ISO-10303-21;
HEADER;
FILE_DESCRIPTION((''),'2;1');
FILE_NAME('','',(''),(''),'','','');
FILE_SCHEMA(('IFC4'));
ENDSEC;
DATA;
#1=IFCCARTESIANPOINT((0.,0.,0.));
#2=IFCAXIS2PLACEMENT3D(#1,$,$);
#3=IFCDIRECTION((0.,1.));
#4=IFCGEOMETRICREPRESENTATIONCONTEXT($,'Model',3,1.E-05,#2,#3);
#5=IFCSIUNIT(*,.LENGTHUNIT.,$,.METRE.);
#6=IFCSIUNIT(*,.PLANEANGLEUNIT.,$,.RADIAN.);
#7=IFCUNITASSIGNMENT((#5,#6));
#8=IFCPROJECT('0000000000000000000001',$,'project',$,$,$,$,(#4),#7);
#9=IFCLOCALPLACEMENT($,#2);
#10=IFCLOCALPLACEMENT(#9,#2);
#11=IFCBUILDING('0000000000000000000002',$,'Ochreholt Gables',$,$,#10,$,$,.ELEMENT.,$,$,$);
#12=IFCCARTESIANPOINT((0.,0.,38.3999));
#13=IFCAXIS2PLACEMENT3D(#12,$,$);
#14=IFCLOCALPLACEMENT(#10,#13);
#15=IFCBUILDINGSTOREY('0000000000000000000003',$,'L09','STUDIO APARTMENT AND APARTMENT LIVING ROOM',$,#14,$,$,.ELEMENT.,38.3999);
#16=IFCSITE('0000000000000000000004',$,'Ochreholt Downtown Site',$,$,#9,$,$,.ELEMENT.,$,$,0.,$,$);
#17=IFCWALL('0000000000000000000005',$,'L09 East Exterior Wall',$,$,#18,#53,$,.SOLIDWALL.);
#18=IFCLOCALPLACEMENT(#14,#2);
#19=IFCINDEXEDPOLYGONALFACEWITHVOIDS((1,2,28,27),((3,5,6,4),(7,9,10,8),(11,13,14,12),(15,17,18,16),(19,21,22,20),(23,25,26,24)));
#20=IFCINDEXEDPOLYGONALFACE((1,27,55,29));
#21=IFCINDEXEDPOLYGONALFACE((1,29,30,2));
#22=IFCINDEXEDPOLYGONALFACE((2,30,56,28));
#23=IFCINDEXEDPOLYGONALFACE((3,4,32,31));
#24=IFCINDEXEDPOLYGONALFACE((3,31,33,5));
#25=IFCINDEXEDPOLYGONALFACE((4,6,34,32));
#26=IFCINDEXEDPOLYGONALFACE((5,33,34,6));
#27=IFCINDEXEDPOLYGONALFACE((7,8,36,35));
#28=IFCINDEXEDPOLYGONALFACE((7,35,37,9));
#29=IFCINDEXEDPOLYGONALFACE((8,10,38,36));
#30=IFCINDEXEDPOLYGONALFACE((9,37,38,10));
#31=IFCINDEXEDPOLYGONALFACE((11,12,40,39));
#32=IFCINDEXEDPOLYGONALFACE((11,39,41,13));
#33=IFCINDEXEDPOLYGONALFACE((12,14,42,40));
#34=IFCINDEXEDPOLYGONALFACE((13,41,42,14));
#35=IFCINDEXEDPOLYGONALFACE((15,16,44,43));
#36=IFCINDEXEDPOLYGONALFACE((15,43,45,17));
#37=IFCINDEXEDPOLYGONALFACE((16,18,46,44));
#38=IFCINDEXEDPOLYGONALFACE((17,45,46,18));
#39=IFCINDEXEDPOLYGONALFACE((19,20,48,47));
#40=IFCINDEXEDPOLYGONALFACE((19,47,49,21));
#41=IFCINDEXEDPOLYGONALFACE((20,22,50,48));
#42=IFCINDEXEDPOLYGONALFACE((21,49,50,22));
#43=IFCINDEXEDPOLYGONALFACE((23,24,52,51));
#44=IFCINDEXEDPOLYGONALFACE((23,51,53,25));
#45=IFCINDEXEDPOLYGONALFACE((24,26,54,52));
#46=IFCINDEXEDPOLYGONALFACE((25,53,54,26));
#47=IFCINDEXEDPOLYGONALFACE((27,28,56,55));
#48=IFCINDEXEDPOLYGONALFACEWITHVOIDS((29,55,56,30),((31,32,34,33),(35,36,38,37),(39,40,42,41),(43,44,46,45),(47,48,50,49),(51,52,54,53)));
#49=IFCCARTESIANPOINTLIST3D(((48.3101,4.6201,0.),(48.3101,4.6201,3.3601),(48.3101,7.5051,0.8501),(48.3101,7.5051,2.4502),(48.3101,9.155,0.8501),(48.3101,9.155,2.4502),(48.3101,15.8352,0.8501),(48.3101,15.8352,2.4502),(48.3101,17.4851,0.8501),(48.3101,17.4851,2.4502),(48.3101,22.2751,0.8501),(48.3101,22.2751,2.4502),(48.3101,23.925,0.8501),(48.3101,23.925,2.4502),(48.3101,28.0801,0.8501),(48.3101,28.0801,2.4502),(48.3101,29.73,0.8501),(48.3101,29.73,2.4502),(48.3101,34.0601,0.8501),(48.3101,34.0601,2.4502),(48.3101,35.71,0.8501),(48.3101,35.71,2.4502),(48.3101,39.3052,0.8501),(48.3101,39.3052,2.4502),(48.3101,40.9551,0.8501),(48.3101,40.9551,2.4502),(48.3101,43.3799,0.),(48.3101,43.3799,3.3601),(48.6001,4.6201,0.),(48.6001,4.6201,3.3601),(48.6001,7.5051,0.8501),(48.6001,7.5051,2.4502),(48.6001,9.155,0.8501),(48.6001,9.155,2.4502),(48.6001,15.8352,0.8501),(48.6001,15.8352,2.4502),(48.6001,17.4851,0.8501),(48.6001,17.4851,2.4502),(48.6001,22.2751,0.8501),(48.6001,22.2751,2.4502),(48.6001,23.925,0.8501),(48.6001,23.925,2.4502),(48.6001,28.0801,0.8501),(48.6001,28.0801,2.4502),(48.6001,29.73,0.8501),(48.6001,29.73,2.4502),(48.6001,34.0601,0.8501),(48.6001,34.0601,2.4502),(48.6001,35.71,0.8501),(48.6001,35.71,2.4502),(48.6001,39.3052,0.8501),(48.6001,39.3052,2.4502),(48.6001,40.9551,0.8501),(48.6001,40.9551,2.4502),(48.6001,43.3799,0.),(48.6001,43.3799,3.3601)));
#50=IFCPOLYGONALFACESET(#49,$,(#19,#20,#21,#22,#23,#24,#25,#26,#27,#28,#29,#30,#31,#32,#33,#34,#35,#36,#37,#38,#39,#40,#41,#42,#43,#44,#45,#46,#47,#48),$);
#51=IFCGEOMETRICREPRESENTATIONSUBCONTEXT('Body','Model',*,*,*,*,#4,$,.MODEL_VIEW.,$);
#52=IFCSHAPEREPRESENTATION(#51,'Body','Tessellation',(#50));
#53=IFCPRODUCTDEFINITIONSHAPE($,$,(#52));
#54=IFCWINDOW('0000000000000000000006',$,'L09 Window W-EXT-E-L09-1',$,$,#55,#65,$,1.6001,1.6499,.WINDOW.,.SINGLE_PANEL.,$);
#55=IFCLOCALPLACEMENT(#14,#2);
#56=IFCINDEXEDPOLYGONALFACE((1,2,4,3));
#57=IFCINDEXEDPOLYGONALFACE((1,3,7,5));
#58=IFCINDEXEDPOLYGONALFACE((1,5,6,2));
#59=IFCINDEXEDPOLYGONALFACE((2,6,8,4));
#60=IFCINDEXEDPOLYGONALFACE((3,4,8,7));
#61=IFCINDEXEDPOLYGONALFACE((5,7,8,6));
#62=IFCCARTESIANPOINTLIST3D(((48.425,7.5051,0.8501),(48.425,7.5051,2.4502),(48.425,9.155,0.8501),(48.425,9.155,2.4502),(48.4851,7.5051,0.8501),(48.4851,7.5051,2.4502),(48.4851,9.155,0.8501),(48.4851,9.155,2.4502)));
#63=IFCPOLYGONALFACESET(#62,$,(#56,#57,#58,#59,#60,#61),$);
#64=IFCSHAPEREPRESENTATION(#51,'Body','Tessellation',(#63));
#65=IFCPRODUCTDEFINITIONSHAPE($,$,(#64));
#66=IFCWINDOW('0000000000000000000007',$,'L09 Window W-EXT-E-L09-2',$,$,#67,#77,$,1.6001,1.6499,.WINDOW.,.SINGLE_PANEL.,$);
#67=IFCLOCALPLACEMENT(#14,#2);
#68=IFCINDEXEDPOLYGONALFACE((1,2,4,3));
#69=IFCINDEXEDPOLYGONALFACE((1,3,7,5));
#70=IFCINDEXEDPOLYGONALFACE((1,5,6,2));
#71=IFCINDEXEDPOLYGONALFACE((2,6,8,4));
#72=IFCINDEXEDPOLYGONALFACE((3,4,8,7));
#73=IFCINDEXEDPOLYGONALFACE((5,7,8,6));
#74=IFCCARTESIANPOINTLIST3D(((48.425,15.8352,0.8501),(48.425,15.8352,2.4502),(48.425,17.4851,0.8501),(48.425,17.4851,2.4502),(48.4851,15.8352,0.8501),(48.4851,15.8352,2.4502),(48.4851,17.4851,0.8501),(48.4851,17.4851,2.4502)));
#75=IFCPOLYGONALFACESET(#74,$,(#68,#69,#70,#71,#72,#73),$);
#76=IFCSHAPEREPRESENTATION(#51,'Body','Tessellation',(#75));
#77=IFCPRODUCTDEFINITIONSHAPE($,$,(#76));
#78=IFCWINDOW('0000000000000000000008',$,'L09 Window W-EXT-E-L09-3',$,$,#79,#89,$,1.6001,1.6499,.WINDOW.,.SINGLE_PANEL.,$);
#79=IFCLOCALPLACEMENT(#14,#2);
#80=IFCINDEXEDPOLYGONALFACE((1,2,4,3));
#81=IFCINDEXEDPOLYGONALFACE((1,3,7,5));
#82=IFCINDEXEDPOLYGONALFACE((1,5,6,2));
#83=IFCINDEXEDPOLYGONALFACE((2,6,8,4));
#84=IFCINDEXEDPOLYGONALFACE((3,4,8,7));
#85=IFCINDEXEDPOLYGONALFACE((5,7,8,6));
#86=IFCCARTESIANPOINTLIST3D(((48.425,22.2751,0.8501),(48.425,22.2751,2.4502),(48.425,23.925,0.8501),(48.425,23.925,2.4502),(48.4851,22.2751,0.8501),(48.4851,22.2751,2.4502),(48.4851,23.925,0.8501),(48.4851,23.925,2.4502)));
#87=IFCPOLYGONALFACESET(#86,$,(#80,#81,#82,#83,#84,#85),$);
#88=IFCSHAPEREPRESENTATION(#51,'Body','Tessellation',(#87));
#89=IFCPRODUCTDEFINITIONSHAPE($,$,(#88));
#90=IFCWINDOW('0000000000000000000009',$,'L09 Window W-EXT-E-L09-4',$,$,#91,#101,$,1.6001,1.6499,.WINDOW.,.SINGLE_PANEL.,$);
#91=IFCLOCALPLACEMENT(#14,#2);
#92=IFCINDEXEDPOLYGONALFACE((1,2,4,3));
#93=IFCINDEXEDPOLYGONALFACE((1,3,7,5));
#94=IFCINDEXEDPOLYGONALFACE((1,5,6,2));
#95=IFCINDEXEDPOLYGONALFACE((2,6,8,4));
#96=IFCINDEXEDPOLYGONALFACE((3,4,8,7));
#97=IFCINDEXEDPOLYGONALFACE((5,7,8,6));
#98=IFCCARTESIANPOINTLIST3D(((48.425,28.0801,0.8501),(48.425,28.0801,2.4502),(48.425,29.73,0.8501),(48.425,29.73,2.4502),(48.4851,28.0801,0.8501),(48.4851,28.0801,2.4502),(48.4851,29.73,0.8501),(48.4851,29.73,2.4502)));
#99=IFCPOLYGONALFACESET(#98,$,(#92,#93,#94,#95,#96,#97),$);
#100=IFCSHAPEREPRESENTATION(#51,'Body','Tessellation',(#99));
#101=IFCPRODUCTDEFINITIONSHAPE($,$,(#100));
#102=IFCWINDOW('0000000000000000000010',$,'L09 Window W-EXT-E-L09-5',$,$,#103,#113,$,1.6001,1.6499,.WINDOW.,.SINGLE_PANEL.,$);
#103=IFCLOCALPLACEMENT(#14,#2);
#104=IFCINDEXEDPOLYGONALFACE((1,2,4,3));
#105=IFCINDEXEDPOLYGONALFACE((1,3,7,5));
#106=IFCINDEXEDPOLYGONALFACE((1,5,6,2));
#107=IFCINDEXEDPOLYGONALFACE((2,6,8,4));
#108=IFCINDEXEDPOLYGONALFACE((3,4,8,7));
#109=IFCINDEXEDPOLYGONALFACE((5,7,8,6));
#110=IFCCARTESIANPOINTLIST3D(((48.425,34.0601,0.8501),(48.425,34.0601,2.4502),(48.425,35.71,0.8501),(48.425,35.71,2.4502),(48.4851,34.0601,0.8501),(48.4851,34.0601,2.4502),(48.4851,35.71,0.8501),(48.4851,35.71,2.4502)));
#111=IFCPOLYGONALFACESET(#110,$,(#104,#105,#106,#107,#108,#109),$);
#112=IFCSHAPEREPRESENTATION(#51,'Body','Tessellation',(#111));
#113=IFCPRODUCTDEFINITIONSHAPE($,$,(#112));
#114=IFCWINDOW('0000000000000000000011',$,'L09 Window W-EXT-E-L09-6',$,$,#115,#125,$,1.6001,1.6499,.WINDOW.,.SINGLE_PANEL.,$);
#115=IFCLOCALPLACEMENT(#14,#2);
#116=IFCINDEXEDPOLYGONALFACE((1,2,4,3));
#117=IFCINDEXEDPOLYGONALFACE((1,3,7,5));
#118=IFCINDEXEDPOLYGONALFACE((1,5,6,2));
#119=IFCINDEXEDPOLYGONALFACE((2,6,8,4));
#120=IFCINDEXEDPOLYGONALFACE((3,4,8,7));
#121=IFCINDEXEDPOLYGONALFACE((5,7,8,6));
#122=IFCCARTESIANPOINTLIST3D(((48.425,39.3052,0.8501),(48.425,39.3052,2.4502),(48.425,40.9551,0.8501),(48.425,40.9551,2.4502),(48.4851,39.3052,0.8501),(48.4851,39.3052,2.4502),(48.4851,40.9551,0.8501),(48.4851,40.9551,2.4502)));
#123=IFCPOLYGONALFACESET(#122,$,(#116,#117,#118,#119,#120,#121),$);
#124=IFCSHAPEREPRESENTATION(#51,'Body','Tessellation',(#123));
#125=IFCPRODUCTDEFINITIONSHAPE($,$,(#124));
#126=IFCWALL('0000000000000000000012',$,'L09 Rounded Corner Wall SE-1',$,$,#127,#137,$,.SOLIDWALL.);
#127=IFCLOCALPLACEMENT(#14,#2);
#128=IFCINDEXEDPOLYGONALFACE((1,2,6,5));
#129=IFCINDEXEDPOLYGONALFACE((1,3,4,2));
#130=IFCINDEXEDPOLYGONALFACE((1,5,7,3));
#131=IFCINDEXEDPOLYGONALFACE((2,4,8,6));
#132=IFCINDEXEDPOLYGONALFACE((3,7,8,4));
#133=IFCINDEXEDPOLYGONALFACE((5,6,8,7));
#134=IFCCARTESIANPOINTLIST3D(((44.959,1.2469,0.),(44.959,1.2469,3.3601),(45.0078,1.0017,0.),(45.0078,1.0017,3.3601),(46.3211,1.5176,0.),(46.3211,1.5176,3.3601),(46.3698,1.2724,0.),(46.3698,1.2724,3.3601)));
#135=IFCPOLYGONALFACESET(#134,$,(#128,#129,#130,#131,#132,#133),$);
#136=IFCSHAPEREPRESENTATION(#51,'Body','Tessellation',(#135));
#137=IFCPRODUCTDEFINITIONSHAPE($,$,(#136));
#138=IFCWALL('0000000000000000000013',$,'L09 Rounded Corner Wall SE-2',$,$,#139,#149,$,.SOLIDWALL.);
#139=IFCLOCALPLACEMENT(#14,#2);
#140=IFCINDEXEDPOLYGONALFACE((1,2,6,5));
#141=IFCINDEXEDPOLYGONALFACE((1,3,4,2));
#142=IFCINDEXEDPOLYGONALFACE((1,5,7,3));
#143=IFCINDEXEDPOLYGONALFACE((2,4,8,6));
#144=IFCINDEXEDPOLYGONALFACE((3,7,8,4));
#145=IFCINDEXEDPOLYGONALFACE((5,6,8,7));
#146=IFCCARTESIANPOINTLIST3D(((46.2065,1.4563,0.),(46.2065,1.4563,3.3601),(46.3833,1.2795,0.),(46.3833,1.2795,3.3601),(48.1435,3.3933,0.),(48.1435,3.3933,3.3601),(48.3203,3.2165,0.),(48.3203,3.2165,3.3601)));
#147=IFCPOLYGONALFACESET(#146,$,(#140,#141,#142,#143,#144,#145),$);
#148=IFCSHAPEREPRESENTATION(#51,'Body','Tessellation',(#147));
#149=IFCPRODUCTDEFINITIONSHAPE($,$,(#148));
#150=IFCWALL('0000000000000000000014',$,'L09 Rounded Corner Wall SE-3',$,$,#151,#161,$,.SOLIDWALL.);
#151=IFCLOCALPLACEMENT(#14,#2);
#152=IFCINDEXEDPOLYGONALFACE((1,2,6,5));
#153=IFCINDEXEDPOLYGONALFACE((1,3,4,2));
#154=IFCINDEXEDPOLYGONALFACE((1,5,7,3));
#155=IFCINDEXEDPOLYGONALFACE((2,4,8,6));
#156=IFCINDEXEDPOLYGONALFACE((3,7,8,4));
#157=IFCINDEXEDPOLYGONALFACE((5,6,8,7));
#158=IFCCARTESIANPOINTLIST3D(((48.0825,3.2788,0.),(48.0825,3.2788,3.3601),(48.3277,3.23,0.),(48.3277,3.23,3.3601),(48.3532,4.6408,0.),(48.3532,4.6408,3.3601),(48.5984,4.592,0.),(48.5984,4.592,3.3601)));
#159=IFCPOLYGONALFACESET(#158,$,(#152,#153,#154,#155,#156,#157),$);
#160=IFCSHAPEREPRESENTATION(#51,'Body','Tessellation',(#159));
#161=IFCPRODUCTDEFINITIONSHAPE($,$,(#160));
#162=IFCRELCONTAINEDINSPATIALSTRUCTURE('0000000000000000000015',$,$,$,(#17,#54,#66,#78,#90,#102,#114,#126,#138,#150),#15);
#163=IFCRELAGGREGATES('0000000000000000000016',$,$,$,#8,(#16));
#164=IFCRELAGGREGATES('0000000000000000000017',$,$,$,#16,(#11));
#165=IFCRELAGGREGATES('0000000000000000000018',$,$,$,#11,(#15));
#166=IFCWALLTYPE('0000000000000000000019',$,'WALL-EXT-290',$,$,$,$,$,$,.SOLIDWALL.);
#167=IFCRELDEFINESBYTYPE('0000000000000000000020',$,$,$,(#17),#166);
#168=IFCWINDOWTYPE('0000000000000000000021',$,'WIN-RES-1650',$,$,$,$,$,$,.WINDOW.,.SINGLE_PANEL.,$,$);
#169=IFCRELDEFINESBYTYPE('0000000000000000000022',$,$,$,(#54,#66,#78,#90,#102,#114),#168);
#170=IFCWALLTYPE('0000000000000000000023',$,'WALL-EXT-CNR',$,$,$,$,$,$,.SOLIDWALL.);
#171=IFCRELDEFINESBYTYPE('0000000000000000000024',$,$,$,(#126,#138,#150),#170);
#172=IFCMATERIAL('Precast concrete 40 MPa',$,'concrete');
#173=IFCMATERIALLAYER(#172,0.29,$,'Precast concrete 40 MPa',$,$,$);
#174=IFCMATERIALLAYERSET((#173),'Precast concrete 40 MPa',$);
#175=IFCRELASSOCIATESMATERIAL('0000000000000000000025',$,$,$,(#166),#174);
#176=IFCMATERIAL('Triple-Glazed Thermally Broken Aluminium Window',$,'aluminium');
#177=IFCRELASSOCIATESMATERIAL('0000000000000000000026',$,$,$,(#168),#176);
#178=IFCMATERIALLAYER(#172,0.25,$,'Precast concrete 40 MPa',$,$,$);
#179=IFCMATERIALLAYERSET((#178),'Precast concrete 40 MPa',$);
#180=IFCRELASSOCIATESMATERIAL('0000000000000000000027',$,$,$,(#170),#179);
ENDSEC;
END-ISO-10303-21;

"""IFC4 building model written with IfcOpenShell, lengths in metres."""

from ifc_helpers import new_model, si_unit, direction, frame, frame_2d, origin, place, context, subcontext, project, spatial, rectangle, extrude, material, layer, layer_set, type_object, element, fill, save


model = new_model("IFC4")

# Units and contexts
model_context = context("Model", 3, precision=1e-05, world=origin(), true_north=direction((0.0, 1.0)))
body_context = subcontext(model_context, "Body", "Model", "MODEL_VIEW")
ifc_project = project(units=[si_unit("LENGTHUNIT", "METRE"), si_unit("PLANEANGLEUNIT", "RADIAN")], contexts=[model_context])

# Site, building, storey
site_placement = place(None, origin())
site = spatial("IfcSite", under=ifc_project, at=site_placement, Name="Ochreholt Downtown Site", CompositionType="ELEMENT", RefElevation=0.0)
building_placement = place(site_placement, origin())
building = spatial("IfcBuilding", under=site, at=building_placement, Name="Ochreholt Gables", CompositionType="ELEMENT")
storey_placement = place(building_placement, frame((0.0, 0.0, 38.3999)))
storey = spatial("IfcBuildingStorey", under=building, at=storey_placement, Name="L09", Description="STUDIO APARTMENT AND APARTMENT LIVING ROOM", CompositionType="ELEMENT", Elevation=38.3999)

# Wall, openings, windows
ifc_material_1 = material(Name="Precast concrete 40 MPa", Category="concrete")
ifc_layer_1 = layer(ifc_material_1, 0.29, Name="Precast concrete 40 MPa")
ifc_layer_set_1 = layer_set([ifc_layer_1], Name="Precast concrete 40 MPa")
wall_type_1 = type_object("IfcWallType", Name="WALL-EXT-290", PredefinedType="SOLIDWALL", material=ifc_layer_set_1)
wall_1_placement = place(storey_placement, frame((48.4551, 4.6201, 0.0), z_axis=(0.0, 0.0, 1.0), x_axis=(0.0, 1.0, 0.0)))
wall_1 = element("IfcWall", 1, at=wall_1_placement, inside=storey, type_object=wall_type_1, Name="L09 East Exterior Wall", PredefinedType="SOLIDWALL", context=body_context, shape_type="SweptSolid", body=[
    extrude(rectangle(XDim=38.7598, YDim=0.29, at=frame_2d((19.3799, 0.0))), origin(), (0.0, 0.0, 1.0), 3.3601),
])
opening_1_placement = place(wall_1_placement, frame((2.885, 0.0, 0.8501)))
opening_1 = element("IfcOpeningElement", 2, at=opening_1_placement, cuts=wall_1, PredefinedType="OPENING", context=body_context, shape_type="SweptSolid", body=[
    extrude(rectangle(XDim=1.6499, YDim=1.6001, at=frame_2d((0.825, 0.8))), frame((0.0, 0.155, 0.0), z_axis=(0.0, -1.0, 0.0), x_axis=(1.0, 0.0, 0.0)), (0.0, 0.0, 1.0), 0.3101),
])
opening_2_placement = place(wall_1_placement, frame((11.2151, 0.0, 0.8501)))
opening_2 = element("IfcOpeningElement", 3, at=opening_2_placement, cuts=wall_1, PredefinedType="OPENING", context=body_context, shape_type="SweptSolid", body=[
    extrude(rectangle(XDim=1.6499, YDim=1.6001, at=frame_2d((0.825, 0.8))), frame((0.0, 0.155, 0.0), z_axis=(0.0, -1.0, 0.0), x_axis=(1.0, 0.0, 0.0)), (0.0, 0.0, 1.0), 0.3101),
])
opening_3_placement = place(wall_1_placement, frame((17.655, 0.0, 0.8501)))
opening_3 = element("IfcOpeningElement", 4, at=opening_3_placement, cuts=wall_1, PredefinedType="OPENING", context=body_context, shape_type="SweptSolid", body=[
    extrude(rectangle(XDim=1.6499, YDim=1.6001, at=frame_2d((0.825, 0.8))), frame((0.0, 0.155, 0.0), z_axis=(0.0, -1.0, 0.0), x_axis=(1.0, 0.0, 0.0)), (0.0, 0.0, 1.0), 0.3101),
])
opening_4_placement = place(wall_1_placement, frame((23.46, 0.0, 0.8501)))
opening_4 = element("IfcOpeningElement", 5, at=opening_4_placement, cuts=wall_1, PredefinedType="OPENING", context=body_context, shape_type="SweptSolid", body=[
    extrude(rectangle(XDim=1.6499, YDim=1.6001, at=frame_2d((0.825, 0.8))), frame((0.0, 0.155, 0.0), z_axis=(0.0, -1.0, 0.0), x_axis=(1.0, 0.0, 0.0)), (0.0, 0.0, 1.0), 0.3101),
])
opening_5_placement = place(wall_1_placement, frame((29.4399, 0.0, 0.8501)))
opening_5 = element("IfcOpeningElement", 6, at=opening_5_placement, cuts=wall_1, PredefinedType="OPENING", context=body_context, shape_type="SweptSolid", body=[
    extrude(rectangle(XDim=1.6499, YDim=1.6001, at=frame_2d((0.825, 0.8))), frame((0.0, 0.155, 0.0), z_axis=(0.0, -1.0, 0.0), x_axis=(1.0, 0.0, 0.0)), (0.0, 0.0, 1.0), 0.3101),
])
opening_6_placement = place(wall_1_placement, frame((34.6851, 0.0, 0.8501)))
opening_6 = element("IfcOpeningElement", 7, at=opening_6_placement, cuts=wall_1, PredefinedType="OPENING", context=body_context, shape_type="SweptSolid", body=[
    extrude(rectangle(XDim=1.6499, YDim=1.6001, at=frame_2d((0.825, 0.8))), frame((0.0, 0.155, 0.0), z_axis=(0.0, -1.0, 0.0), x_axis=(1.0, 0.0, 0.0)), (0.0, 0.0, 1.0), 0.3101),
])
ifc_material_2 = material(Name="Triple-Glazed Thermally Broken Aluminium Window", Category="aluminium")
window_type = type_object("IfcWindowType", Name="WIN-RES-1650", PartitioningType="SINGLE_PANEL", PredefinedType="WINDOW", material=ifc_material_2)
window_1_placement = place(opening_1_placement, origin())
window_1 = element("IfcWindow", 8, at=window_1_placement, inside=storey, type_object=window_type, Name="L09 Window W-EXT-E-L09-1", OverallHeight=1.6001, OverallWidth=1.6499, PartitioningType="SINGLE_PANEL", PredefinedType="WINDOW", context=body_context, shape_type="SweptSolid", body=[
    extrude(rectangle(XDim=1.6499, YDim=1.6001, at=frame_2d((0.825, 0.8))), frame((0.0, 0.03, 0.0), z_axis=(0.0, -1.0, 0.0), x_axis=(1.0, 0.0, 0.0)), (0.0, 0.0, 1.0), 0.0601),
])
fill(opening_1, window_1)
window_2_placement = place(opening_2_placement, origin())
window_2 = element("IfcWindow", 9, at=window_2_placement, inside=storey, type_object=window_type, Name="L09 Window W-EXT-E-L09-2", OverallHeight=1.6001, OverallWidth=1.6499, PartitioningType="SINGLE_PANEL", PredefinedType="WINDOW", context=body_context, shape_type="SweptSolid", body=[
    extrude(rectangle(XDim=1.6499, YDim=1.6001, at=frame_2d((0.825, 0.8))), frame((0.0, 0.03, 0.0), z_axis=(0.0, -1.0, 0.0), x_axis=(1.0, 0.0, 0.0)), (0.0, 0.0, 1.0), 0.0601),
])
fill(opening_2, window_2)
window_3_placement = place(opening_3_placement, origin())
window_3 = element("IfcWindow", 10, at=window_3_placement, inside=storey, type_object=window_type, Name="L09 Window W-EXT-E-L09-3", OverallHeight=1.6001, OverallWidth=1.6499, PartitioningType="SINGLE_PANEL", PredefinedType="WINDOW", context=body_context, shape_type="SweptSolid", body=[
    extrude(rectangle(XDim=1.6499, YDim=1.6001, at=frame_2d((0.825, 0.8))), frame((0.0, 0.03, 0.0), z_axis=(0.0, -1.0, 0.0), x_axis=(1.0, 0.0, 0.0)), (0.0, 0.0, 1.0), 0.0601),
])
fill(opening_3, window_3)
window_4_placement = place(opening_4_placement, origin())
window_4 = element("IfcWindow", 11, at=window_4_placement, inside=storey, type_object=window_type, Name="L09 Window W-EXT-E-L09-4", OverallHeight=1.6001, OverallWidth=1.6499, PartitioningType="SINGLE_PANEL", PredefinedType="WINDOW", context=body_context, shape_type="SweptSolid", body=[
    extrude(rectangle(XDim=1.6499, YDim=1.6001, at=frame_2d((0.825, 0.8))), frame((0.0, 0.03, 0.0), z_axis=(0.0, -1.0, 0.0), x_axis=(1.0, 0.0, 0.0)), (0.0, 0.0, 1.0), 0.0601),
])
fill(opening_4, window_4)
window_5_placement = place(opening_5_placement, origin())
window_5 = element("IfcWindow", 12, at=window_5_placement, inside=storey, type_object=window_type, Name="L09 Window W-EXT-E-L09-5", OverallHeight=1.6001, OverallWidth=1.6499, PartitioningType="SINGLE_PANEL", PredefinedType="WINDOW", context=body_context, shape_type="SweptSolid", body=[
    extrude(rectangle(XDim=1.6499, YDim=1.6001, at=frame_2d((0.825, 0.8))), frame((0.0, 0.03, 0.0), z_axis=(0.0, -1.0, 0.0), x_axis=(1.0, 0.0, 0.0)), (0.0, 0.0, 1.0), 0.0601),
])
fill(opening_5, window_5)
window_6_placement = place(opening_6_placement, origin())
window_6 = element("IfcWindow", 13, at=window_6_placement, inside=storey, type_object=window_type, Name="L09 Window W-EXT-E-L09-6", OverallHeight=1.6001, OverallWidth=1.6499, PartitioningType="SINGLE_PANEL", PredefinedType="WINDOW", context=body_context, shape_type="SweptSolid", body=[
    extrude(rectangle(XDim=1.6499, YDim=1.6001, at=frame_2d((0.825, 0.8))), frame((0.0, 0.03, 0.0), z_axis=(0.0, -1.0, 0.0), x_axis=(1.0, 0.0, 0.0)), (0.0, 0.0, 1.0), 0.0601),
])
fill(opening_6, window_6)

# Walls
ifc_layer_2 = layer(ifc_material_1, 0.25, Name="Precast concrete 40 MPa")
ifc_layer_set_2 = layer_set([ifc_layer_2], Name="Precast concrete 40 MPa")
wall_type_2 = type_object("IfcWallType", Name="WALL-EXT-CNR", PredefinedType="SOLIDWALL", material=ifc_layer_set_2)
wall_2_placement = place(storey_placement, frame((44.9834, 1.1243, 0.0), z_axis=(0.0, 0.0, 1.0), x_axis=(0.98081, 0.194967, 0.0)))
element("IfcWall", 14, at=wall_2_placement, inside=storey, type_object=wall_type_2, Name="L09 Rounded Corner Wall SE-1", PredefinedType="SOLIDWALL", context=body_context, shape_type="SweptSolid", body=[
    extrude(rectangle(XDim=1.3887, YDim=0.25, at=frame_2d((0.6943, 0.0))), origin(), (0.0, 0.0, 1.0), 3.3601),
])
wall_3_placement = place(storey_placement, frame((46.2949, 1.3679, 0.0), z_axis=(0.0, 0.0, 1.0), x_axis=(0.707107, 0.707107, 0.0)))
element("IfcWall", 15, at=wall_3_placement, inside=storey, type_object=wall_type_2, Name="L09 Rounded Corner Wall SE-2", PredefinedType="SOLIDWALL", context=body_context, shape_type="SweptSolid", body=[
    extrude(rectangle(XDim=2.7393, YDim=0.25, at=frame_2d((1.3696, 0.0))), origin(), (0.0, 0.0, 1.0), 3.3601),
])
wall_4_placement = place(storey_placement, frame((48.2051, 3.2544, 0.0), z_axis=(0.0, 0.0, 1.0), x_axis=(0.194967, 0.98081, 0.0)))
element("IfcWall", 16, at=wall_4_placement, inside=storey, type_object=wall_type_2, Name="L09 Rounded Corner Wall SE-3", PredefinedType="SOLIDWALL", context=body_context, shape_type="SweptSolid", body=[
    extrude(rectangle(XDim=1.3887, YDim=0.25, at=frame_2d((0.6943, 0.0))), origin(), (0.0, 0.0, 1.0), 3.3601),
])

save(model, "model.ifc")
